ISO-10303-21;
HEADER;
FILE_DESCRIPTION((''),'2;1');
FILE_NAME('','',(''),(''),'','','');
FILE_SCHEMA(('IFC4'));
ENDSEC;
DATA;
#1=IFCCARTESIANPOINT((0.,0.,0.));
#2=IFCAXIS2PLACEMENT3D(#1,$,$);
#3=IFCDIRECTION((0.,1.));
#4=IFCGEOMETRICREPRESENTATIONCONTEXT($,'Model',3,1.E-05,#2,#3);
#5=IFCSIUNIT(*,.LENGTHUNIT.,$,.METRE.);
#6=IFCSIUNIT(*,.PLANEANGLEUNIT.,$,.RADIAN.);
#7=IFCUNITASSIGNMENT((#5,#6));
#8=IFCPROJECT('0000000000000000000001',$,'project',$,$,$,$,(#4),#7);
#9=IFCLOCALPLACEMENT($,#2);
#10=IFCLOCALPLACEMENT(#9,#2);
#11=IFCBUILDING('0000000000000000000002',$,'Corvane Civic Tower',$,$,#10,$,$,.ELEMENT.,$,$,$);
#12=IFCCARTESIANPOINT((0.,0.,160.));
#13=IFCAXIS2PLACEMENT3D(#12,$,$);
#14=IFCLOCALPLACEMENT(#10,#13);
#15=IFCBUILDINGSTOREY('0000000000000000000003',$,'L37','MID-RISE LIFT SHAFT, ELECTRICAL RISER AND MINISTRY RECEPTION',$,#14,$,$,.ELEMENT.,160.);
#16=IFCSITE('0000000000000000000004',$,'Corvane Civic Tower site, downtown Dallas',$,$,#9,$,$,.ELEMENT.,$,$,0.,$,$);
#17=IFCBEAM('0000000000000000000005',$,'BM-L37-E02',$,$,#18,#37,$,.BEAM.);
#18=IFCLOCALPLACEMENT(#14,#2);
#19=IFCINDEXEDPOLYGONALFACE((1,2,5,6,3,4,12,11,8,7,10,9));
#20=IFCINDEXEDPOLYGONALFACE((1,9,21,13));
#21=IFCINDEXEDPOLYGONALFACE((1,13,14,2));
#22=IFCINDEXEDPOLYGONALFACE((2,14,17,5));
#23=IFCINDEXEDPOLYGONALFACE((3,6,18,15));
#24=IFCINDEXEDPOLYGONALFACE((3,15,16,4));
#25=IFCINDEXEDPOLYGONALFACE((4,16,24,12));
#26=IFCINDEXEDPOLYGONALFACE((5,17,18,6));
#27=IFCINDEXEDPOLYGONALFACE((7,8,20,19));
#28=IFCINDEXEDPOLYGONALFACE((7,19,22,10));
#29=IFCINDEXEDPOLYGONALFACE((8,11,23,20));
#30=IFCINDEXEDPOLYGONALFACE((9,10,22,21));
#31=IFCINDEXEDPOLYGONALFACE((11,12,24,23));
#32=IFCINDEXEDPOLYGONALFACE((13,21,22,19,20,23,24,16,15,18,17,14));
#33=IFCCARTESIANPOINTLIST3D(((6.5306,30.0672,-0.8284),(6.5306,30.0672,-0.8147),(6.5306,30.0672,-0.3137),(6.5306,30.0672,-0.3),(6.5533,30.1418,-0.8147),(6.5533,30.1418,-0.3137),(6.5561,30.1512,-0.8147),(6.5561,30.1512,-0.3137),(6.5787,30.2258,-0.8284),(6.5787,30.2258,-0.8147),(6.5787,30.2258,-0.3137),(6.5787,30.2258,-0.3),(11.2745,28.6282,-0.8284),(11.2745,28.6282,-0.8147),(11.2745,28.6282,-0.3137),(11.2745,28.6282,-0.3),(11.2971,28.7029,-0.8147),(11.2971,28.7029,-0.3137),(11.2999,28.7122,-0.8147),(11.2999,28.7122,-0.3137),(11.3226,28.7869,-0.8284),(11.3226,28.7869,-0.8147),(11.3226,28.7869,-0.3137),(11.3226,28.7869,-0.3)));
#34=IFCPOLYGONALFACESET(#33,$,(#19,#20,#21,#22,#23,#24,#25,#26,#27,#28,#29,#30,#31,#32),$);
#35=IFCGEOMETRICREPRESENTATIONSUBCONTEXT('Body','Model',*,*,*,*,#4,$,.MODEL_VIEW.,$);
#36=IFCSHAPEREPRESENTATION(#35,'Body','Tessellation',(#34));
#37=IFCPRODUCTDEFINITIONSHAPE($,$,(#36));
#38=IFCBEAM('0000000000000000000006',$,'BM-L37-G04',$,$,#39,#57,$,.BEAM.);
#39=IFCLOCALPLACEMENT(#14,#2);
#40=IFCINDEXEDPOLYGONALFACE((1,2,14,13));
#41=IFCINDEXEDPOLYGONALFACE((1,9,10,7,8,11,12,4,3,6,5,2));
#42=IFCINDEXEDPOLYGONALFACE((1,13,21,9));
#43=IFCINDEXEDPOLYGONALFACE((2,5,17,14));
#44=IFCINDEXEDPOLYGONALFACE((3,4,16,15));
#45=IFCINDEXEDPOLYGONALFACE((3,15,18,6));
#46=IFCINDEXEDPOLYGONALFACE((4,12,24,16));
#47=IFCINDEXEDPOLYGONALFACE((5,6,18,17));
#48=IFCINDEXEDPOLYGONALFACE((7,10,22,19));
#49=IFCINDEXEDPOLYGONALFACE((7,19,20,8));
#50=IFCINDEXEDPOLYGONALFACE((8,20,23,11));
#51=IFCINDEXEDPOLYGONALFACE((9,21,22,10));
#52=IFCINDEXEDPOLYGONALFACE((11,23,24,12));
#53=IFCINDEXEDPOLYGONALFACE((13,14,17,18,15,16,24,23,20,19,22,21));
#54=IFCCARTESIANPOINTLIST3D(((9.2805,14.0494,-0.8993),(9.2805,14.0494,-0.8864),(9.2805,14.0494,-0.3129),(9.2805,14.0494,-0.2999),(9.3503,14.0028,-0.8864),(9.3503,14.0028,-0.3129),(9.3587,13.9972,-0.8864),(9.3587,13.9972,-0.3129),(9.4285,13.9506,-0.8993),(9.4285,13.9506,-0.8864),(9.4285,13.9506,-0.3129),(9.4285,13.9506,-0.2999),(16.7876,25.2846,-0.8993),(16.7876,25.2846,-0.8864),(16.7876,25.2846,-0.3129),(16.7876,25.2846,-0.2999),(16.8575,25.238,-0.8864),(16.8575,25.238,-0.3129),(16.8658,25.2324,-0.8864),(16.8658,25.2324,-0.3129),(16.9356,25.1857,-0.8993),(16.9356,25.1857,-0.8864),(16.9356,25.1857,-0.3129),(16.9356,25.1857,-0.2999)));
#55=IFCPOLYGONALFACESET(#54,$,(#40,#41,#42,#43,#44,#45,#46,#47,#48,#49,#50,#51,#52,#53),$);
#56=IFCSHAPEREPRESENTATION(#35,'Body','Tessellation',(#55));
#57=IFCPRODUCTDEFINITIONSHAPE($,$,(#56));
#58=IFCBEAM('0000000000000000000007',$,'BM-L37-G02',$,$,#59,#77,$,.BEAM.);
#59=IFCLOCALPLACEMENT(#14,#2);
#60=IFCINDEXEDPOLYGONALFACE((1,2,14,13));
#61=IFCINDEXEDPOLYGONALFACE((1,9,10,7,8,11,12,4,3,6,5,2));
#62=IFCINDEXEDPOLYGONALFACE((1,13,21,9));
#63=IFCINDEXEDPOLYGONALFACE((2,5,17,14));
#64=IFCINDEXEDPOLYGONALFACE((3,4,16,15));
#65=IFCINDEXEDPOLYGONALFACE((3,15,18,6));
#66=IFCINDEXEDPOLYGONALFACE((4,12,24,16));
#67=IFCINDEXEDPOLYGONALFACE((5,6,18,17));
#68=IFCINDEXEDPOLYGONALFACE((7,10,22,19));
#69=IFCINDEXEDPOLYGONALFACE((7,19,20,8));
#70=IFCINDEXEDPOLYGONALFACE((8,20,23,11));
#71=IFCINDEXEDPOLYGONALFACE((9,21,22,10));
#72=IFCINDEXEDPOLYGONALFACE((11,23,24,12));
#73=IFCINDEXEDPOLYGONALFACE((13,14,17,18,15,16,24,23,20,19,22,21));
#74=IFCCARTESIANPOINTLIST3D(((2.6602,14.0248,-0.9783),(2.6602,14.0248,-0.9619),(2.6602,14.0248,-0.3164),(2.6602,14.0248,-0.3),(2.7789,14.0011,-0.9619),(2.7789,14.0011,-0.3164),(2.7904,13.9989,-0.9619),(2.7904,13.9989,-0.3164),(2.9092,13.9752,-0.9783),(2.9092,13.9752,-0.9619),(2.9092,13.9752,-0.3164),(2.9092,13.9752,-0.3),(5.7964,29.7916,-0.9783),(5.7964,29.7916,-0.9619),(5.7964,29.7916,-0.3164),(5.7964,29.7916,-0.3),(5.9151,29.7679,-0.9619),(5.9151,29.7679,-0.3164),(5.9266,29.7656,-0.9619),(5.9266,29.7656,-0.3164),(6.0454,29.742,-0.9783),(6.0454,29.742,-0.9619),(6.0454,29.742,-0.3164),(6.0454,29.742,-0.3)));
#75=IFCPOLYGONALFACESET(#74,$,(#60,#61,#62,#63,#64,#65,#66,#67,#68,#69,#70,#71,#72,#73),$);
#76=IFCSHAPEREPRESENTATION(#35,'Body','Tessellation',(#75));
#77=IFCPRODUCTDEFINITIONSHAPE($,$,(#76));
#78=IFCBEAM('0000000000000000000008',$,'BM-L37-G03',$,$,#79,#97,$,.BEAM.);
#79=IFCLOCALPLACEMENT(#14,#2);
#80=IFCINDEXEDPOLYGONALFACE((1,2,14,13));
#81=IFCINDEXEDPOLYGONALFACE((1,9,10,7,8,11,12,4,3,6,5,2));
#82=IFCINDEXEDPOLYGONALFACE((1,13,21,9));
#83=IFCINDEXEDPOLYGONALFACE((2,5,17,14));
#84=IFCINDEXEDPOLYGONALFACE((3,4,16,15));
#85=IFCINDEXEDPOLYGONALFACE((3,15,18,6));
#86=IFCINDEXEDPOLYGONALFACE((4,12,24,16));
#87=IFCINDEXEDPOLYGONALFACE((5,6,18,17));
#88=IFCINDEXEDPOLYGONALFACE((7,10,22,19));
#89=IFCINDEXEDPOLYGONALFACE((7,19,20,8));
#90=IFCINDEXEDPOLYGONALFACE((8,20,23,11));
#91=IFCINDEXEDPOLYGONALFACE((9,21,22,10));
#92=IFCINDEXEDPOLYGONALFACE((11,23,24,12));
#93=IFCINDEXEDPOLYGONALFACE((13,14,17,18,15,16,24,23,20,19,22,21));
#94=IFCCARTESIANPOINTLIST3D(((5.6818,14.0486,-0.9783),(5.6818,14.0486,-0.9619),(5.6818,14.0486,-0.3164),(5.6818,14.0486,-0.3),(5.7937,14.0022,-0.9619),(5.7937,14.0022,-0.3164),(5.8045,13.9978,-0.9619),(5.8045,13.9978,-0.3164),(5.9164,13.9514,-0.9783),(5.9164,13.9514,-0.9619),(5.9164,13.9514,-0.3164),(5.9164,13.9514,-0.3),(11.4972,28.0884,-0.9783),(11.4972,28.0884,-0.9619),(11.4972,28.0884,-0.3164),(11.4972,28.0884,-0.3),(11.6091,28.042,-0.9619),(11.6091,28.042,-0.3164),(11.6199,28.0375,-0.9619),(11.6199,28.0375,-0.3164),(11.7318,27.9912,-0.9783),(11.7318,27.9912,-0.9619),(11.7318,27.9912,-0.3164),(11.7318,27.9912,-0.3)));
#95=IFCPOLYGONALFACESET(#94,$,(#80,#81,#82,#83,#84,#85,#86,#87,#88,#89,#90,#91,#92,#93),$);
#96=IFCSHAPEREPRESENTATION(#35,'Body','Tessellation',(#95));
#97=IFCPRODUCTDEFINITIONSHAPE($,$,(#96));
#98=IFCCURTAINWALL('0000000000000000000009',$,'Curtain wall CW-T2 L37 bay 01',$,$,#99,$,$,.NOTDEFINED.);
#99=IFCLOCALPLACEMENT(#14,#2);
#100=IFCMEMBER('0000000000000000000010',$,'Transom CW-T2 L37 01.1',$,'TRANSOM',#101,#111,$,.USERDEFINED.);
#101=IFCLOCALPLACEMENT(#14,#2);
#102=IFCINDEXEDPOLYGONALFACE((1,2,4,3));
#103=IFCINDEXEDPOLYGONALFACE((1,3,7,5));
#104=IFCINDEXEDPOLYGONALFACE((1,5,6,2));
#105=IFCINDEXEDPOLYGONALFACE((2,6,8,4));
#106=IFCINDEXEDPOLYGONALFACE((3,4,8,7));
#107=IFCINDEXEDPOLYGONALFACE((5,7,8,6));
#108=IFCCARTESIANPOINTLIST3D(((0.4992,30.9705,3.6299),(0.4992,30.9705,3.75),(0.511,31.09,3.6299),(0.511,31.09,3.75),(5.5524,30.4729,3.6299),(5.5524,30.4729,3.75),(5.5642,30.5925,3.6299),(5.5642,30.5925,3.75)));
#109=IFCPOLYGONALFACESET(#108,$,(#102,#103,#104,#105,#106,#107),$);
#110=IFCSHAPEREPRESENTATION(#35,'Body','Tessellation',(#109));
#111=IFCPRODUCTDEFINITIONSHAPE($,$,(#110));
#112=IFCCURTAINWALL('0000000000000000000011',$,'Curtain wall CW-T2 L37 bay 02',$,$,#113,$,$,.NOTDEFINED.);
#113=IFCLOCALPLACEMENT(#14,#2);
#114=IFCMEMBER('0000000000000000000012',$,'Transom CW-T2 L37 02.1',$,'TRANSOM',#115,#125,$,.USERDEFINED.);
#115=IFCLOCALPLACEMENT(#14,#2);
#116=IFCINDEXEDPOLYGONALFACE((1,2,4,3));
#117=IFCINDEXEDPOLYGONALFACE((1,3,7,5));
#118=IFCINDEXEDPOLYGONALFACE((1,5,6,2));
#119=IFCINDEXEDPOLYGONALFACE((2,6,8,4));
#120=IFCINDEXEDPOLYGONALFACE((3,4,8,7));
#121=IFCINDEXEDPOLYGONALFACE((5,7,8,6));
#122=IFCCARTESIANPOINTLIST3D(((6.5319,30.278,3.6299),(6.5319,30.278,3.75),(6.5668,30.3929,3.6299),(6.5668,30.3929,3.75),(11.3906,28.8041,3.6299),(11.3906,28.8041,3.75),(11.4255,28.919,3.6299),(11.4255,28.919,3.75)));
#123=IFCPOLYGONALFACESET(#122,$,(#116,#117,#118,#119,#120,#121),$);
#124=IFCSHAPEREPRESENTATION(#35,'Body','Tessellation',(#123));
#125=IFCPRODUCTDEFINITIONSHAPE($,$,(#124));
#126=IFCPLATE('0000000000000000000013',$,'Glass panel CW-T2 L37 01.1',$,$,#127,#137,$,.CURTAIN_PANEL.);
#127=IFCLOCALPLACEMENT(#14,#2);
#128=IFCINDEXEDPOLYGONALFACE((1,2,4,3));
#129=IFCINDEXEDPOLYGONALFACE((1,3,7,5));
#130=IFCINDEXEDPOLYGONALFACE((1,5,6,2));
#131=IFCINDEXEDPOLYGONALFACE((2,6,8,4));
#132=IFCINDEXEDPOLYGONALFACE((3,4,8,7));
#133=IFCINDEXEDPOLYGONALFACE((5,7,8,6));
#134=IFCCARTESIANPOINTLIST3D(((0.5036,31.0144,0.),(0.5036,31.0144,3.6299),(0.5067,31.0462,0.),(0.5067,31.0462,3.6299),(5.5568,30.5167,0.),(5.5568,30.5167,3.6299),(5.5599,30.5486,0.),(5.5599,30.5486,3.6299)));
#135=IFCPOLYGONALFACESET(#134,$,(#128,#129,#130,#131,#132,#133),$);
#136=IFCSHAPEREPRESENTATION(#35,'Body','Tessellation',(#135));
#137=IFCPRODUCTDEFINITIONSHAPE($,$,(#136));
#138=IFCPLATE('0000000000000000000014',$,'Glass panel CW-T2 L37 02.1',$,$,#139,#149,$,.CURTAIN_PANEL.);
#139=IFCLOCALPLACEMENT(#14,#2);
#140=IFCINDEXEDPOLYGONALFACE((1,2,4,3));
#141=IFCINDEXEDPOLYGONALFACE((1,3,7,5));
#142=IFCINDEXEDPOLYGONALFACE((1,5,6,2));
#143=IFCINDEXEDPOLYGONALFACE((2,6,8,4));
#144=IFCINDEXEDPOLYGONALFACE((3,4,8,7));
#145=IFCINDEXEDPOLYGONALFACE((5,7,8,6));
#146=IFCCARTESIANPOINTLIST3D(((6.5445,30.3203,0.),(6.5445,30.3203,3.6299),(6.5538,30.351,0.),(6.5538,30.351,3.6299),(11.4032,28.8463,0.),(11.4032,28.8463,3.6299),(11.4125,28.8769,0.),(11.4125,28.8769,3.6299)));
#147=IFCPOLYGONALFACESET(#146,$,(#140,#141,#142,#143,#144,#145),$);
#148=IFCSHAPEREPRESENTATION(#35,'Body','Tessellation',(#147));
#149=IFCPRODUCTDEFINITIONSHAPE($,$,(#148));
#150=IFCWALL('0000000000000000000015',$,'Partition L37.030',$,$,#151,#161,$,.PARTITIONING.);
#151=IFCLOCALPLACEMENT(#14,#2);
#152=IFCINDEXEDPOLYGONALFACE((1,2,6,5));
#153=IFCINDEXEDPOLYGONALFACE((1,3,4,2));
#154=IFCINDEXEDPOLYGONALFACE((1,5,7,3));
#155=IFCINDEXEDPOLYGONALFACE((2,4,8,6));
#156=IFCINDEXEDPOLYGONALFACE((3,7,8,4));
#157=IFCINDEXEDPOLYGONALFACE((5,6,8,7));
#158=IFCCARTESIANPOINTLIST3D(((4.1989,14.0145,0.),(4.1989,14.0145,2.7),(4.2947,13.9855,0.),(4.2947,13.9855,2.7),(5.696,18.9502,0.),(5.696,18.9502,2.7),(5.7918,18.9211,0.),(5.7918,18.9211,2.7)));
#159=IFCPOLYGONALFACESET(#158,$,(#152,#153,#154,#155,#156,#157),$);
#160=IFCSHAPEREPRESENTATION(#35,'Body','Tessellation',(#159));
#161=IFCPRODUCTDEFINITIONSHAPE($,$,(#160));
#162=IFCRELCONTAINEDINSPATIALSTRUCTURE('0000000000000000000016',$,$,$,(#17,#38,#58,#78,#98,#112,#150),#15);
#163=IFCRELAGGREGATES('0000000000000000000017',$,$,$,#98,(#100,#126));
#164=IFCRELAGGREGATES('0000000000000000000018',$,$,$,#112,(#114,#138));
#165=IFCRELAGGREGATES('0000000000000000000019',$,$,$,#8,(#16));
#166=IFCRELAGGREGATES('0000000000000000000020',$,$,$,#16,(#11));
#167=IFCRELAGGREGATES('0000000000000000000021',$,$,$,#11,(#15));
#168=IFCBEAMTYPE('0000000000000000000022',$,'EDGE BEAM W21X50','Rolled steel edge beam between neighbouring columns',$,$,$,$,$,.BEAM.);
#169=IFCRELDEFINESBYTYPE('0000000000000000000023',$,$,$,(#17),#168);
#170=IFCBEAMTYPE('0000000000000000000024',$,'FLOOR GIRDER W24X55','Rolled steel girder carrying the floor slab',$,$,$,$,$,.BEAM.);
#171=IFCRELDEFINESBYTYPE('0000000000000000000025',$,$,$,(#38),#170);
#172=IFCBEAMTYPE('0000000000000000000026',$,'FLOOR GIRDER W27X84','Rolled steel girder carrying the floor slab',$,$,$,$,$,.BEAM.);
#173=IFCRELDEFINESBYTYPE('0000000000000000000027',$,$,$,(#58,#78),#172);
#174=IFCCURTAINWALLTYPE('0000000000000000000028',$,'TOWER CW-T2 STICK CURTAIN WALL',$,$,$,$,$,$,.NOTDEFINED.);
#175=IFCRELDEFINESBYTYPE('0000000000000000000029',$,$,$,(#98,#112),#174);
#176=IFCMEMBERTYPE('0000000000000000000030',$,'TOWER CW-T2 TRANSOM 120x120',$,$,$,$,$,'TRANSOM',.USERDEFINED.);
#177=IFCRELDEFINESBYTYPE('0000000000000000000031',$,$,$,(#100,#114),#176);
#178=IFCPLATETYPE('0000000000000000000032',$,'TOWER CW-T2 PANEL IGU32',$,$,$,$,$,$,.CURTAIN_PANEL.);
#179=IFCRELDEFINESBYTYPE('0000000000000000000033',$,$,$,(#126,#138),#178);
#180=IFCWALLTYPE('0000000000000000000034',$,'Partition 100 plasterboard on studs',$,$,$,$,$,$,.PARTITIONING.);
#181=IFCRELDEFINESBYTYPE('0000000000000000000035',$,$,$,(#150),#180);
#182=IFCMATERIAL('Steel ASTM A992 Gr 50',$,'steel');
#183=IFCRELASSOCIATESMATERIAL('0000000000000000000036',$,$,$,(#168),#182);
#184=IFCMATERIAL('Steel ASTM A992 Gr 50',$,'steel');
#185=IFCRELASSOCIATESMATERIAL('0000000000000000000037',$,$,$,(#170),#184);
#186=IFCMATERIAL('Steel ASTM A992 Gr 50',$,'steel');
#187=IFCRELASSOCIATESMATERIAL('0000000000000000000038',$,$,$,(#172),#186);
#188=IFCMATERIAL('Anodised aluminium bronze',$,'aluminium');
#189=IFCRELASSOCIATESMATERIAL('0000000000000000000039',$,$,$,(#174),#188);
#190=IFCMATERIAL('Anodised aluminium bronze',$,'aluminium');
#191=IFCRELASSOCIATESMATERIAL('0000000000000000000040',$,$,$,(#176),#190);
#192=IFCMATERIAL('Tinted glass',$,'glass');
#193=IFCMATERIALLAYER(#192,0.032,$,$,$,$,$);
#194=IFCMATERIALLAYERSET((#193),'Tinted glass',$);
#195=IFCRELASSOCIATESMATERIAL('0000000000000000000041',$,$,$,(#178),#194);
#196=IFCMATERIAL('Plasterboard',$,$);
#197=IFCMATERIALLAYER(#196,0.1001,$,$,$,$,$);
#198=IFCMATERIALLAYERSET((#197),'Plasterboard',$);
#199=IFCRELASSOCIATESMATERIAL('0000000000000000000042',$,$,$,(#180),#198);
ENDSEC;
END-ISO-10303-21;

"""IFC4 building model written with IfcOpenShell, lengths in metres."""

from ifc_helpers import new_model, si_unit, direction, frame, frame_2d, origin, origin_2d, place, context, subcontext, project, spatial, rectangle, i_section, extrude, material, layer, layer_set, material_profile, profile_set, type_object, element, aggregate, save


model = new_model("IFC4")

# Units and contexts
model_context = context("Model", 3, precision=1e-05, world=origin(), true_north=direction((0.0, 1.0)))
body_context = subcontext(model_context, "Body", "Model", "MODEL_VIEW")
ifc_project = project(units=[si_unit("LENGTHUNIT", "METRE"), si_unit("PLANEANGLEUNIT", "RADIAN")], contexts=[model_context])

# Site, building, storey
site_placement = place(None, origin())
site = spatial("IfcSite", under=ifc_project, at=site_placement, Name="Corvane Civic Tower site, downtown Dallas", CompositionType="ELEMENT", RefElevation=0.0)
building_placement = place(site_placement, origin())
building = spatial("IfcBuilding", under=site, at=building_placement, Name="Corvane Civic Tower", CompositionType="ELEMENT")
storey_placement = place(building_placement, frame((0.0, 0.0, 160.0)))
storey = spatial("IfcBuildingStorey", under=building, at=storey_placement, Name="L37", Description="MID-RISE LIFT SHAFT, ELECTRICAL RISER AND MINISTRY RECEPTION", CompositionType="ELEMENT", Elevation=160.0)

# Beams
ifc_material_1 = material(Name="Steel ASTM A992 Gr 50", Category="steel")
ifc_material_profile_1 = material_profile(ifc_material_1, i_section(OverallWidth=0.1658, OverallDepth=0.5283, WebThickness=0.0098, FlangeThickness=0.0137, at=origin_2d()), Name="W21X50")
ifc_profile_set_1 = profile_set([ifc_material_profile_1], Name="Steel ASTM A992 Gr 50")
beam_type_1 = type_object("IfcBeamType", Name="EDGE BEAM W21X50", Description="Rolled steel edge beam between neighbouring columns", PredefinedType="BEAM", material=ifc_profile_set_1)
beam_1_placement = place(storey_placement, frame((6.5547, 30.1465, -0.5642), z_axis=(0.956945, -0.29027, 0.0), x_axis=(0.29027, 0.956945, 0.0)))
element("IfcBeam", 1, at=beam_1_placement, inside=storey, type_object=beam_type_1, Name="BM-L37-E02", PredefinedType="BEAM", context=body_context, shape_type="SweptSolid", body=[
    extrude(i_section(OverallWidth=0.1658, OverallDepth=0.5283, WebThickness=0.0098, FlangeThickness=0.0137, at=origin_2d()), origin(), (0.0, 0.0, 1.0), 4.9573),
])
ifc_material_2 = material(Name="Steel ASTM A992 Gr 50", Category="steel")
ifc_material_profile_2 = material_profile(ifc_material_2, i_section(OverallWidth=0.178, OverallDepth=0.5994, WebThickness=0.01, FlangeThickness=0.0129, at=origin_2d()), Name="W24X55")
ifc_profile_set_2 = profile_set([ifc_material_profile_2], Name="Steel ASTM A992 Gr 50")
beam_type_2 = type_object("IfcBeamType", Name="FLOOR GIRDER W24X55", Description="Rolled steel girder carrying the floor slab", PredefinedType="BEAM", material=ifc_profile_set_2)
beam_2_placement = place(storey_placement, frame((9.3545, 14.0, -0.5996), z_axis=(0.555571, 0.831469, 0.0), x_axis=(-0.831469, 0.555571, 0.0)))
element("IfcBeam", 2, at=beam_2_placement, inside=storey, type_object=beam_type_2, Name="BM-L37-G04", PredefinedType="BEAM", context=body_context, shape_type="SweptSolid", body=[
    extrude(i_section(OverallWidth=0.178, OverallDepth=0.5994, WebThickness=0.01, FlangeThickness=0.0129, at=origin_2d()), origin(), (0.0, 0.0, 1.0), 13.5125),
])
ifc_material_3 = material(Name="Steel ASTM A992 Gr 50", Category="steel")
ifc_material_profile_3 = material_profile(ifc_material_3, i_section(OverallWidth=0.2539, OverallDepth=0.6782, WebThickness=0.0117, FlangeThickness=0.0164, at=origin_2d()), Name="W27X84")
ifc_profile_set_3 = profile_set([ifc_material_profile_3], Name="Steel ASTM A992 Gr 50")
beam_type_3 = type_object("IfcBeamType", Name="FLOOR GIRDER W27X84", Description="Rolled steel girder carrying the floor slab", PredefinedType="BEAM", material=ifc_profile_set_3)
beam_3_placement = place(storey_placement, frame((2.7847, 14.0, -0.6392), z_axis=(0.195091, 0.980785, 0.0), x_axis=(-0.980785, 0.195091, 0.0)))
element("IfcBeam", 3, at=beam_3_placement, inside=storey, type_object=beam_type_3, Name="BM-L37-G02", PredefinedType="BEAM", context=body_context, shape_type="SweptSolid", body=[
    extrude(i_section(OverallWidth=0.2539, OverallDepth=0.6782, WebThickness=0.0117, FlangeThickness=0.0164, at=origin_2d()), origin(), (0.0, 0.0, 1.0), 16.0757),
])
beam_4_placement = place(storey_placement, frame((5.7991, 14.0, -0.6392), z_axis=(0.382681, 0.923881, 0.0), x_axis=(-0.923881, 0.382681, 0.0)))
element("IfcBeam", 4, at=beam_4_placement, inside=storey, type_object=beam_type_3, Name="BM-L37-G03", PredefinedType="BEAM", context=body_context, shape_type="SweptSolid", body=[
    extrude(i_section(OverallWidth=0.2539, OverallDepth=0.6782, WebThickness=0.0117, FlangeThickness=0.0164, at=origin_2d()), origin(), (0.0, 0.0, 1.0), 15.1965),
])

# Curtain walls, members
ifc_material_4 = material(Name="Anodised aluminium bronze", Category="aluminium")
curtain_wall_type = type_object("IfcCurtainWallType", Name="TOWER CW-T2 STICK CURTAIN WALL", PredefinedType="NOTDEFINED", material=ifc_material_4)
curtain_wall_1_placement = place(storey_placement, origin())
curtain_wall_1 = element("IfcCurtainWall", 5, at=curtain_wall_1_placement, inside=storey, type_object=curtain_wall_type, Name="Curtain wall CW-T2 L37 bay 01", PredefinedType="NOTDEFINED")
ifc_material_5 = material(Name="Anodised aluminium bronze", Category="aluminium")
ifc_material_profile_4 = material_profile(ifc_material_5, rectangle(XDim=0.1201, YDim=0.1201, at=origin_2d()), Name="TOWER CW-T2 TRANSOM 120x120")
ifc_profile_set_4 = profile_set([ifc_material_profile_4], Name="Anodised aluminium bronze")
member_type = type_object("IfcMemberType", Name="TOWER CW-T2 TRANSOM 120x120", ElementType="TRANSOM", PredefinedType="USERDEFINED", material=ifc_profile_set_4)
member_1_placement = place(storey_placement, frame((0.5051, 31.0303, 3.6899), z_axis=(0.995187, -0.09799, 0.0), x_axis=(0.09799, 0.995187, 0.0)))
member_1 = element("IfcMember", 6, at=member_1_placement, type_object=member_type, Name="Transom CW-T2 L37 01.1", ObjectType="TRANSOM", PredefinedType="USERDEFINED", context=body_context, shape_type="SweptSolid", body=[
    extrude(rectangle(XDim=0.1201, YDim=0.1201, at=origin_2d()), origin(), (0.0, 0.0, 1.0), 5.0776),
])
curtain_wall_2_placement = place(storey_placement, origin())
curtain_wall_2 = element("IfcCurtainWall", 7, at=curtain_wall_2_placement, inside=storey, type_object=curtain_wall_type, Name="Curtain wall CW-T2 L37 bay 02", PredefinedType="NOTDEFINED")
member_2_placement = place(storey_placement, frame((6.5493, 30.3354, 3.6899), z_axis=(0.956939, -0.290289, 0.0), x_axis=(0.290289, 0.956939, 0.0)))
member_2 = element("IfcMember", 8, at=member_2_placement, type_object=member_type, Name="Transom CW-T2 L37 02.1", ObjectType="TRANSOM", PredefinedType="USERDEFINED", context=body_context, shape_type="SweptSolid", body=[
    extrude(rectangle(XDim=0.1201, YDim=0.1201, at=origin_2d()), origin(), (0.0, 0.0, 1.0), 5.0774),
])

# Plates
ifc_material_6 = material(Name="Tinted glass", Category="glass")
ifc_layer_1 = layer(ifc_material_6, 0.032)
ifc_layer_set_1 = layer_set([ifc_layer_1], Name="Tinted glass")
plate_type = type_object("IfcPlateType", Name="TOWER CW-T2 PANEL IGU32", PredefinedType="CURTAIN_PANEL", material=ifc_layer_set_1)
plate_1_placement = place(storey_placement, frame((3.0317, 30.7815, 0.0), z_axis=(0.0, 0.0, 1.0), x_axis=(0.995185, -0.098012, 0.0)))
plate_1 = element("IfcPlate", 9, at=plate_1_placement, type_object=plate_type, Name="Glass panel CW-T2 L37 01.1", PredefinedType="CURTAIN_PANEL", context=body_context, shape_type="SweptSolid", body=[
    extrude(rectangle(XDim=5.0776, YDim=0.032, at=origin_2d()), origin(), (0.0, 0.0, 1.0), 3.6299),
])
aggregate(curtain_wall_1, [member_1, plate_1])
plate_2_placement = place(storey_placement, frame((8.9785, 29.5986, 0.0), z_axis=(0.0, 0.0, 1.0), x_axis=(0.956932, -0.290313, 0.0)))
plate_2 = element("IfcPlate", 10, at=plate_2_placement, type_object=plate_type, Name="Glass panel CW-T2 L37 02.1", PredefinedType="CURTAIN_PANEL", context=body_context, shape_type="SweptSolid", body=[
    extrude(rectangle(XDim=5.0774, YDim=0.032, at=origin_2d()), origin(), (0.0, 0.0, 1.0), 3.6299),
])
aggregate(curtain_wall_2, [member_2, plate_2])

# Wall
ifc_material_7 = material(Name="Plasterboard")
ifc_layer_2 = layer(ifc_material_7, 0.1001)
ifc_layer_set_2 = layer_set([ifc_layer_2], Name="Plasterboard")
wall_type = type_object("IfcWallType", Name="Partition 100 plasterboard on studs", PredefinedType="PARTITIONING", material=ifc_layer_set_2)
wall_1_placement = place(storey_placement, frame((4.2468, 14.0, 0.0), z_axis=(0.0, 0.0, 1.0), x_axis=(0.290265, 0.956946, 0.0)))
element("IfcWall", 11, at=wall_1_placement, inside=storey, type_object=wall_type, Name="Partition L37.030", PredefinedType="PARTITIONING", context=body_context, shape_type="SweptSolid", body=[
    extrude(rectangle(XDim=5.1577, YDim=0.1001, at=frame_2d((2.5789, 0.0))), origin(), (0.0, 0.0, 1.0), 2.7),
])

save(model, "model.ifc")
